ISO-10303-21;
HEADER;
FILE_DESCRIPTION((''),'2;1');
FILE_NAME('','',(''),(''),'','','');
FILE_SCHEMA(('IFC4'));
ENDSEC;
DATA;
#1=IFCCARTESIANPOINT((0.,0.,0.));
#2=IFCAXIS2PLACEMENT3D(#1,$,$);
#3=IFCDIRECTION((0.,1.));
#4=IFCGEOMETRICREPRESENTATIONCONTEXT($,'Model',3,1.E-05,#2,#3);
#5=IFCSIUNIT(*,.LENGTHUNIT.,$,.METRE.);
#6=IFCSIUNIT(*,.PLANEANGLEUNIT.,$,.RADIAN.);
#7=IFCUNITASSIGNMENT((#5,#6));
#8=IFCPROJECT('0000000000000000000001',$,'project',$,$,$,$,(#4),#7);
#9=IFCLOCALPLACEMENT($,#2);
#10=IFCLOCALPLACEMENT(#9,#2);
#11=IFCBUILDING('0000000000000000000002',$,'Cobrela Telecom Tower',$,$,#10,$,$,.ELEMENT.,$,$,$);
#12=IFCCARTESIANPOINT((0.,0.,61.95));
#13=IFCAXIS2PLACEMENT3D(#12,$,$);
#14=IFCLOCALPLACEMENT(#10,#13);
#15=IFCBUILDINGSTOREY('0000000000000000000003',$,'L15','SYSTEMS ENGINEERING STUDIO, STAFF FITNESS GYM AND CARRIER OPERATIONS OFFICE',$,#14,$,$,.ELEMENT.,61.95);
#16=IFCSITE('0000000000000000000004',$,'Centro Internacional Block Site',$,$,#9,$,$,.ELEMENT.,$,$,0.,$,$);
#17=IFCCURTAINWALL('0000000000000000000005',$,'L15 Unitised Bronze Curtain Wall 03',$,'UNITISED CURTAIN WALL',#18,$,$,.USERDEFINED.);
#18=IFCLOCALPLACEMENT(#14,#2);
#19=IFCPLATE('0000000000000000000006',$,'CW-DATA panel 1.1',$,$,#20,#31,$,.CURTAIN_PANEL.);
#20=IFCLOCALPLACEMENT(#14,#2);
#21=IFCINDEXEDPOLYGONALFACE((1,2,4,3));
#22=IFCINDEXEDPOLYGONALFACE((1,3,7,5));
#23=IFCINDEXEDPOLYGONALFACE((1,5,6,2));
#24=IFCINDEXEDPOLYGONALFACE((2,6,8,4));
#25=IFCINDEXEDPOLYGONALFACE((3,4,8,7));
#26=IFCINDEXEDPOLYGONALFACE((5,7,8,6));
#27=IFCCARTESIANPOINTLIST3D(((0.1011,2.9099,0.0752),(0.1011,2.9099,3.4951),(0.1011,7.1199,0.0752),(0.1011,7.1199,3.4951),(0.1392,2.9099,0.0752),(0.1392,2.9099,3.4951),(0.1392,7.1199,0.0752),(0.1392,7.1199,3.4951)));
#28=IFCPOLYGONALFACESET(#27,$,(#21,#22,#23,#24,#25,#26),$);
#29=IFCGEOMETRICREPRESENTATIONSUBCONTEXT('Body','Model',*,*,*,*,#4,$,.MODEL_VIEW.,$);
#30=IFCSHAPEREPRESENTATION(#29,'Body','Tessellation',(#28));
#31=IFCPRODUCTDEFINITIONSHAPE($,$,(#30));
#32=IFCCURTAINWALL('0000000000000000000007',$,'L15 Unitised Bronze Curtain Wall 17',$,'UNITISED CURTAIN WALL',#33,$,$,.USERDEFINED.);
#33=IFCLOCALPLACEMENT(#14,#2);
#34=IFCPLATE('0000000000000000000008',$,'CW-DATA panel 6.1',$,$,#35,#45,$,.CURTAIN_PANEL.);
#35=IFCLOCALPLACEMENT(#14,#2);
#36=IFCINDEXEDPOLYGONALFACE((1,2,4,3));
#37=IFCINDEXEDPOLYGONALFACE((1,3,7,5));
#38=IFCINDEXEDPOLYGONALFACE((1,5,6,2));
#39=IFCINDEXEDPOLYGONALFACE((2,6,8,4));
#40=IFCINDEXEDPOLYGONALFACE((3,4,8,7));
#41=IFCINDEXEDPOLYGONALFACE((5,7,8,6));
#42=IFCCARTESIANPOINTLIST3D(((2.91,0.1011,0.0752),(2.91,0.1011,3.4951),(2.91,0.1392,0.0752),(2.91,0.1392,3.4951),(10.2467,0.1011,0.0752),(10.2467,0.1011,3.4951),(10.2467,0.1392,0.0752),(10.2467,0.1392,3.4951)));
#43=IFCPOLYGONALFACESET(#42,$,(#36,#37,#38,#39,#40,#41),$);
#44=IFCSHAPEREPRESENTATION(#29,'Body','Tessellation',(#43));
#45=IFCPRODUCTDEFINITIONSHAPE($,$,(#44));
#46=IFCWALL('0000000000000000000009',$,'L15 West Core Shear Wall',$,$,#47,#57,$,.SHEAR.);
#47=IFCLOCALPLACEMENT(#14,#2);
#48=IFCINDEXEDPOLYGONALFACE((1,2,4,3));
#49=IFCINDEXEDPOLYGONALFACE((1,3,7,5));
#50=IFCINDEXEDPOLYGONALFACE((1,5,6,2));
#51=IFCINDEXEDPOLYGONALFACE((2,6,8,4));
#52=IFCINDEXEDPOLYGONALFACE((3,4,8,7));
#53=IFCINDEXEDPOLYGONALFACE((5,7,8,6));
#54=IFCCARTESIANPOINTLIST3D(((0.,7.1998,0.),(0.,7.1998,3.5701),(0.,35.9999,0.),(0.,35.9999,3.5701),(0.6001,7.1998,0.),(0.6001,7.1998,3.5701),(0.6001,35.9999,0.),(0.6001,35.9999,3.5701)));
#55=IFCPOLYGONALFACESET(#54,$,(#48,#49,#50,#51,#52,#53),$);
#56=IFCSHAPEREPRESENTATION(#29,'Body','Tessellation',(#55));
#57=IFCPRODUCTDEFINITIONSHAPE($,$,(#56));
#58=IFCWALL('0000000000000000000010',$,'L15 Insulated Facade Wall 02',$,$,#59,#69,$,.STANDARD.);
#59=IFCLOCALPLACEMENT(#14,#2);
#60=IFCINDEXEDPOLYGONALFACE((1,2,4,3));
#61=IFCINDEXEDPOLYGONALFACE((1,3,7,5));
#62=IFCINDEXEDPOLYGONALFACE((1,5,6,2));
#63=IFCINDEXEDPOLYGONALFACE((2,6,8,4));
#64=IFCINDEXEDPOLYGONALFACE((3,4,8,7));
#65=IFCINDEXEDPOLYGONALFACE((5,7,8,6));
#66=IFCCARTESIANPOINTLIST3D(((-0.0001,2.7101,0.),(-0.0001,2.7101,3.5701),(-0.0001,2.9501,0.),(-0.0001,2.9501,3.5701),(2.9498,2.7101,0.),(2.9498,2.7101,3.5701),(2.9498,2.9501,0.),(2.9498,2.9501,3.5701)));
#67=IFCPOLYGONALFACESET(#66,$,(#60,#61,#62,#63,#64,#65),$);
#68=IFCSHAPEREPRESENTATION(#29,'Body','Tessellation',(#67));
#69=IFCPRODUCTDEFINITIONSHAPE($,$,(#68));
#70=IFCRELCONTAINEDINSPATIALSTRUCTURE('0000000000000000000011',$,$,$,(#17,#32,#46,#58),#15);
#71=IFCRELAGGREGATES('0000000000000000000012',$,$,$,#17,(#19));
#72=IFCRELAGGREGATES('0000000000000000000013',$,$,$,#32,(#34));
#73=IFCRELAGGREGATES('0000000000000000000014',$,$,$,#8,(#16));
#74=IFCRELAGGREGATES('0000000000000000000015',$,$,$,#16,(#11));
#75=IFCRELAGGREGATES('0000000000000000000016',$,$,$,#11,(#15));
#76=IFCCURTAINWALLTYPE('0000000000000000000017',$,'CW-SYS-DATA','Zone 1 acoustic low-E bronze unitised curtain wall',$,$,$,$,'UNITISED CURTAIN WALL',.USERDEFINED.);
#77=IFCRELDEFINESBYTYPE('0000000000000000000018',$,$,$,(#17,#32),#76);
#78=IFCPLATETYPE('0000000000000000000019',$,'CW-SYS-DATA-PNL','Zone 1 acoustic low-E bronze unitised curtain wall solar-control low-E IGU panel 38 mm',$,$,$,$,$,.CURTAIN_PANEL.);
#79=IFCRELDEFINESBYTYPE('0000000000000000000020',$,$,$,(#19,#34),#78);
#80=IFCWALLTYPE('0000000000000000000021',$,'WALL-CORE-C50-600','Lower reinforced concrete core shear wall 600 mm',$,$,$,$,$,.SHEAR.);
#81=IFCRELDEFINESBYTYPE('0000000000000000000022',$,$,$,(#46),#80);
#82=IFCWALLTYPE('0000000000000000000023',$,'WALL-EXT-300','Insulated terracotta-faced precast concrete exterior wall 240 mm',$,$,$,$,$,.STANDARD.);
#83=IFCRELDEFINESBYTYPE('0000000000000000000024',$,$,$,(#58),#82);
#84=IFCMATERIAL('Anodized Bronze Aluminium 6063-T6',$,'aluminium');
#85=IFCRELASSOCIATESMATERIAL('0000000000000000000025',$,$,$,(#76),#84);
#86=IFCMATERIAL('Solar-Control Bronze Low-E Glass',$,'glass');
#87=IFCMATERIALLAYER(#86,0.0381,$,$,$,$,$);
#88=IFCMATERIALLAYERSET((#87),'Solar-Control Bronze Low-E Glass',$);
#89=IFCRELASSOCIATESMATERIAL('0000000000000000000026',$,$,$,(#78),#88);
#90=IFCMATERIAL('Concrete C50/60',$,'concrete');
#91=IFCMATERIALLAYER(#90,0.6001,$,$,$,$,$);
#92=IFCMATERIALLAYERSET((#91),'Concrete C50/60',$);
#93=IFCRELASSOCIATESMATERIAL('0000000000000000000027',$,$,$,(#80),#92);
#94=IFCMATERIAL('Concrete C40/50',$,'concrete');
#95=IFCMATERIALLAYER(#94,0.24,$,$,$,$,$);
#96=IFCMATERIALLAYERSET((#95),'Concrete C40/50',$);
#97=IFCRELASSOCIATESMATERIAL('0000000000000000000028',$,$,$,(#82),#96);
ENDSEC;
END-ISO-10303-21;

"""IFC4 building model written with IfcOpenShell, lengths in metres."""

from ifc_helpers import new_model, si_unit, direction, frame, frame_2d, origin, origin_2d, place, context, subcontext, project, spatial, rectangle, extrude, material, layer, layer_set, type_object, element, aggregate, save


model = new_model("IFC4")

# Units and contexts
model_context = context("Model", 3, precision=1e-05, world=origin(), true_north=direction((0.0, 1.0)))
body_context = subcontext(model_context, "Body", "Model", "MODEL_VIEW")
ifc_project = project(units=[si_unit("LENGTHUNIT", "METRE"), si_unit("PLANEANGLEUNIT", "RADIAN")], contexts=[model_context])

# Site, building, storey
site_placement = place(None, origin())
site = spatial("IfcSite", under=ifc_project, at=site_placement, Name="Centro Internacional Block Site", CompositionType="ELEMENT", RefElevation=0.0)
building_placement = place(site_placement, origin())
building = spatial("IfcBuilding", under=site, at=building_placement, Name="Cobrela Telecom Tower", CompositionType="ELEMENT")
storey_placement = place(building_placement, frame((0.0, 0.0, 61.95)))
storey = spatial("IfcBuildingStorey", under=building, at=storey_placement, Name="L15", Description="SYSTEMS ENGINEERING STUDIO, STAFF FITNESS GYM AND CARRIER OPERATIONS OFFICE", CompositionType="ELEMENT", Elevation=61.95)

# Curtain wall, plate
ifc_material_1 = material(Name="Anodized Bronze Aluminium 6063-T6", Category="aluminium")
curtain_wall_type = type_object("IfcCurtainWallType", Name="CW-SYS-DATA", Description="Zone 1 acoustic low-E bronze unitised curtain wall", ElementType="UNITISED CURTAIN WALL", PredefinedType="USERDEFINED", material=ifc_material_1)
curtain_wall_1_placement = place(storey_placement, origin())
curtain_wall_1 = element("IfcCurtainWall", 1, at=curtain_wall_1_placement, inside=storey, type_object=curtain_wall_type, Name="L15 Unitised Bronze Curtain Wall 03", ObjectType="UNITISED CURTAIN WALL", PredefinedType="USERDEFINED")
ifc_material_2 = material(Name="Solar-Control Bronze Low-E Glass", Category="glass")
ifc_layer_1 = layer(ifc_material_2, 0.0381)
ifc_layer_set_1 = layer_set([ifc_layer_1], Name="Solar-Control Bronze Low-E Glass")
plate_type = type_object("IfcPlateType", Name="CW-SYS-DATA-PNL", Description="Zone 1 acoustic low-E bronze unitised curtain wall solar-control low-E IGU panel 38 mm", PredefinedType="CURTAIN_PANEL", material=ifc_layer_set_1)
plate_1_placement = place(storey_placement, frame((0.1201, 5.0149, 0.0752), z_axis=(0.0, 0.0, 1.0), x_axis=(0.0, 1.0, 0.0)))
plate_1 = element("IfcPlate", 2, at=plate_1_placement, type_object=plate_type, Name="CW-DATA panel 1.1", PredefinedType="CURTAIN_PANEL", context=body_context, shape_type="SweptSolid", body=[
    extrude(rectangle(XDim=4.21, YDim=0.0381, at=origin_2d()), origin(), (0.0, 0.0, 1.0), 3.4199),
])
aggregate(curtain_wall_1, [plate_1])

# Curtain wall, plate
curtain_wall_2_placement = place(storey_placement, origin())
curtain_wall_2 = element("IfcCurtainWall", 3, at=curtain_wall_2_placement, inside=storey, type_object=curtain_wall_type, Name="L15 Unitised Bronze Curtain Wall 17", ObjectType="UNITISED CURTAIN WALL", PredefinedType="USERDEFINED")
plate_2_placement = place(storey_placement, frame((6.5784, 0.1201, 0.0752), z_axis=(0.0, 0.0, 1.0), x_axis=(-1.0, 0.0, 0.0)))
plate_2 = element("IfcPlate", 4, at=plate_2_placement, type_object=plate_type, Name="CW-DATA panel 6.1", PredefinedType="CURTAIN_PANEL", context=body_context, shape_type="SweptSolid", body=[
    extrude(rectangle(XDim=7.3367, YDim=0.0381, at=origin_2d()), origin(), (0.0, 0.0, 1.0), 3.4199),
])
aggregate(curtain_wall_2, [plate_2])

# Walls
ifc_material_3 = material(Name="Concrete C50/60", Category="concrete")
ifc_layer_2 = layer(ifc_material_3, 0.6001)
ifc_layer_set_2 = layer_set([ifc_layer_2], Name="Concrete C50/60")
wall_type_1 = type_object("IfcWallType", Name="WALL-CORE-C50-600", Description="Lower reinforced concrete core shear wall 600 mm", PredefinedType="SHEAR", material=ifc_layer_set_2)
wall_1_placement = place(storey_placement, frame((0.3, 7.2, 0.0), z_axis=(0.0, 0.0, 1.0), x_axis=(0.0, 1.0, 0.0)))
element("IfcWall", 5, at=wall_1_placement, inside=storey, type_object=wall_type_1, Name="L15 West Core Shear Wall", PredefinedType="SHEAR", context=body_context, shape_type="SweptSolid", body=[
    extrude(rectangle(XDim=28.8, YDim=0.6001, at=frame_2d((14.3999, 0.0))), origin(), (0.0, 0.0, 1.0), 3.5701),
])
ifc_material_4 = material(Name="Concrete C40/50", Category="concrete")
ifc_layer_3 = layer(ifc_material_4, 0.24)
ifc_layer_set_3 = layer_set([ifc_layer_3], Name="Concrete C40/50")
wall_type_2 = type_object("IfcWallType", Name="WALL-EXT-300", Description="Insulated terracotta-faced precast concrete exterior wall 240 mm", PredefinedType="STANDARD", material=ifc_layer_set_3)
wall_2_placement = place(storey_placement, frame((2.95, 2.8301, 0.0), z_axis=(0.0, 0.0, 1.0), x_axis=(-1.0, 0.0, 0.0)))
element("IfcWall", 6, at=wall_2_placement, inside=storey, type_object=wall_type_2, Name="L15 Insulated Facade Wall 02", PredefinedType="STANDARD", context=body_context, shape_type="SweptSolid", body=[
    extrude(rectangle(XDim=2.95, YDim=0.24, at=frame_2d((1.4751, 0.0))), origin(), (0.0, 0.0, 1.0), 3.5701),
])

save(model, "model.ifc")
